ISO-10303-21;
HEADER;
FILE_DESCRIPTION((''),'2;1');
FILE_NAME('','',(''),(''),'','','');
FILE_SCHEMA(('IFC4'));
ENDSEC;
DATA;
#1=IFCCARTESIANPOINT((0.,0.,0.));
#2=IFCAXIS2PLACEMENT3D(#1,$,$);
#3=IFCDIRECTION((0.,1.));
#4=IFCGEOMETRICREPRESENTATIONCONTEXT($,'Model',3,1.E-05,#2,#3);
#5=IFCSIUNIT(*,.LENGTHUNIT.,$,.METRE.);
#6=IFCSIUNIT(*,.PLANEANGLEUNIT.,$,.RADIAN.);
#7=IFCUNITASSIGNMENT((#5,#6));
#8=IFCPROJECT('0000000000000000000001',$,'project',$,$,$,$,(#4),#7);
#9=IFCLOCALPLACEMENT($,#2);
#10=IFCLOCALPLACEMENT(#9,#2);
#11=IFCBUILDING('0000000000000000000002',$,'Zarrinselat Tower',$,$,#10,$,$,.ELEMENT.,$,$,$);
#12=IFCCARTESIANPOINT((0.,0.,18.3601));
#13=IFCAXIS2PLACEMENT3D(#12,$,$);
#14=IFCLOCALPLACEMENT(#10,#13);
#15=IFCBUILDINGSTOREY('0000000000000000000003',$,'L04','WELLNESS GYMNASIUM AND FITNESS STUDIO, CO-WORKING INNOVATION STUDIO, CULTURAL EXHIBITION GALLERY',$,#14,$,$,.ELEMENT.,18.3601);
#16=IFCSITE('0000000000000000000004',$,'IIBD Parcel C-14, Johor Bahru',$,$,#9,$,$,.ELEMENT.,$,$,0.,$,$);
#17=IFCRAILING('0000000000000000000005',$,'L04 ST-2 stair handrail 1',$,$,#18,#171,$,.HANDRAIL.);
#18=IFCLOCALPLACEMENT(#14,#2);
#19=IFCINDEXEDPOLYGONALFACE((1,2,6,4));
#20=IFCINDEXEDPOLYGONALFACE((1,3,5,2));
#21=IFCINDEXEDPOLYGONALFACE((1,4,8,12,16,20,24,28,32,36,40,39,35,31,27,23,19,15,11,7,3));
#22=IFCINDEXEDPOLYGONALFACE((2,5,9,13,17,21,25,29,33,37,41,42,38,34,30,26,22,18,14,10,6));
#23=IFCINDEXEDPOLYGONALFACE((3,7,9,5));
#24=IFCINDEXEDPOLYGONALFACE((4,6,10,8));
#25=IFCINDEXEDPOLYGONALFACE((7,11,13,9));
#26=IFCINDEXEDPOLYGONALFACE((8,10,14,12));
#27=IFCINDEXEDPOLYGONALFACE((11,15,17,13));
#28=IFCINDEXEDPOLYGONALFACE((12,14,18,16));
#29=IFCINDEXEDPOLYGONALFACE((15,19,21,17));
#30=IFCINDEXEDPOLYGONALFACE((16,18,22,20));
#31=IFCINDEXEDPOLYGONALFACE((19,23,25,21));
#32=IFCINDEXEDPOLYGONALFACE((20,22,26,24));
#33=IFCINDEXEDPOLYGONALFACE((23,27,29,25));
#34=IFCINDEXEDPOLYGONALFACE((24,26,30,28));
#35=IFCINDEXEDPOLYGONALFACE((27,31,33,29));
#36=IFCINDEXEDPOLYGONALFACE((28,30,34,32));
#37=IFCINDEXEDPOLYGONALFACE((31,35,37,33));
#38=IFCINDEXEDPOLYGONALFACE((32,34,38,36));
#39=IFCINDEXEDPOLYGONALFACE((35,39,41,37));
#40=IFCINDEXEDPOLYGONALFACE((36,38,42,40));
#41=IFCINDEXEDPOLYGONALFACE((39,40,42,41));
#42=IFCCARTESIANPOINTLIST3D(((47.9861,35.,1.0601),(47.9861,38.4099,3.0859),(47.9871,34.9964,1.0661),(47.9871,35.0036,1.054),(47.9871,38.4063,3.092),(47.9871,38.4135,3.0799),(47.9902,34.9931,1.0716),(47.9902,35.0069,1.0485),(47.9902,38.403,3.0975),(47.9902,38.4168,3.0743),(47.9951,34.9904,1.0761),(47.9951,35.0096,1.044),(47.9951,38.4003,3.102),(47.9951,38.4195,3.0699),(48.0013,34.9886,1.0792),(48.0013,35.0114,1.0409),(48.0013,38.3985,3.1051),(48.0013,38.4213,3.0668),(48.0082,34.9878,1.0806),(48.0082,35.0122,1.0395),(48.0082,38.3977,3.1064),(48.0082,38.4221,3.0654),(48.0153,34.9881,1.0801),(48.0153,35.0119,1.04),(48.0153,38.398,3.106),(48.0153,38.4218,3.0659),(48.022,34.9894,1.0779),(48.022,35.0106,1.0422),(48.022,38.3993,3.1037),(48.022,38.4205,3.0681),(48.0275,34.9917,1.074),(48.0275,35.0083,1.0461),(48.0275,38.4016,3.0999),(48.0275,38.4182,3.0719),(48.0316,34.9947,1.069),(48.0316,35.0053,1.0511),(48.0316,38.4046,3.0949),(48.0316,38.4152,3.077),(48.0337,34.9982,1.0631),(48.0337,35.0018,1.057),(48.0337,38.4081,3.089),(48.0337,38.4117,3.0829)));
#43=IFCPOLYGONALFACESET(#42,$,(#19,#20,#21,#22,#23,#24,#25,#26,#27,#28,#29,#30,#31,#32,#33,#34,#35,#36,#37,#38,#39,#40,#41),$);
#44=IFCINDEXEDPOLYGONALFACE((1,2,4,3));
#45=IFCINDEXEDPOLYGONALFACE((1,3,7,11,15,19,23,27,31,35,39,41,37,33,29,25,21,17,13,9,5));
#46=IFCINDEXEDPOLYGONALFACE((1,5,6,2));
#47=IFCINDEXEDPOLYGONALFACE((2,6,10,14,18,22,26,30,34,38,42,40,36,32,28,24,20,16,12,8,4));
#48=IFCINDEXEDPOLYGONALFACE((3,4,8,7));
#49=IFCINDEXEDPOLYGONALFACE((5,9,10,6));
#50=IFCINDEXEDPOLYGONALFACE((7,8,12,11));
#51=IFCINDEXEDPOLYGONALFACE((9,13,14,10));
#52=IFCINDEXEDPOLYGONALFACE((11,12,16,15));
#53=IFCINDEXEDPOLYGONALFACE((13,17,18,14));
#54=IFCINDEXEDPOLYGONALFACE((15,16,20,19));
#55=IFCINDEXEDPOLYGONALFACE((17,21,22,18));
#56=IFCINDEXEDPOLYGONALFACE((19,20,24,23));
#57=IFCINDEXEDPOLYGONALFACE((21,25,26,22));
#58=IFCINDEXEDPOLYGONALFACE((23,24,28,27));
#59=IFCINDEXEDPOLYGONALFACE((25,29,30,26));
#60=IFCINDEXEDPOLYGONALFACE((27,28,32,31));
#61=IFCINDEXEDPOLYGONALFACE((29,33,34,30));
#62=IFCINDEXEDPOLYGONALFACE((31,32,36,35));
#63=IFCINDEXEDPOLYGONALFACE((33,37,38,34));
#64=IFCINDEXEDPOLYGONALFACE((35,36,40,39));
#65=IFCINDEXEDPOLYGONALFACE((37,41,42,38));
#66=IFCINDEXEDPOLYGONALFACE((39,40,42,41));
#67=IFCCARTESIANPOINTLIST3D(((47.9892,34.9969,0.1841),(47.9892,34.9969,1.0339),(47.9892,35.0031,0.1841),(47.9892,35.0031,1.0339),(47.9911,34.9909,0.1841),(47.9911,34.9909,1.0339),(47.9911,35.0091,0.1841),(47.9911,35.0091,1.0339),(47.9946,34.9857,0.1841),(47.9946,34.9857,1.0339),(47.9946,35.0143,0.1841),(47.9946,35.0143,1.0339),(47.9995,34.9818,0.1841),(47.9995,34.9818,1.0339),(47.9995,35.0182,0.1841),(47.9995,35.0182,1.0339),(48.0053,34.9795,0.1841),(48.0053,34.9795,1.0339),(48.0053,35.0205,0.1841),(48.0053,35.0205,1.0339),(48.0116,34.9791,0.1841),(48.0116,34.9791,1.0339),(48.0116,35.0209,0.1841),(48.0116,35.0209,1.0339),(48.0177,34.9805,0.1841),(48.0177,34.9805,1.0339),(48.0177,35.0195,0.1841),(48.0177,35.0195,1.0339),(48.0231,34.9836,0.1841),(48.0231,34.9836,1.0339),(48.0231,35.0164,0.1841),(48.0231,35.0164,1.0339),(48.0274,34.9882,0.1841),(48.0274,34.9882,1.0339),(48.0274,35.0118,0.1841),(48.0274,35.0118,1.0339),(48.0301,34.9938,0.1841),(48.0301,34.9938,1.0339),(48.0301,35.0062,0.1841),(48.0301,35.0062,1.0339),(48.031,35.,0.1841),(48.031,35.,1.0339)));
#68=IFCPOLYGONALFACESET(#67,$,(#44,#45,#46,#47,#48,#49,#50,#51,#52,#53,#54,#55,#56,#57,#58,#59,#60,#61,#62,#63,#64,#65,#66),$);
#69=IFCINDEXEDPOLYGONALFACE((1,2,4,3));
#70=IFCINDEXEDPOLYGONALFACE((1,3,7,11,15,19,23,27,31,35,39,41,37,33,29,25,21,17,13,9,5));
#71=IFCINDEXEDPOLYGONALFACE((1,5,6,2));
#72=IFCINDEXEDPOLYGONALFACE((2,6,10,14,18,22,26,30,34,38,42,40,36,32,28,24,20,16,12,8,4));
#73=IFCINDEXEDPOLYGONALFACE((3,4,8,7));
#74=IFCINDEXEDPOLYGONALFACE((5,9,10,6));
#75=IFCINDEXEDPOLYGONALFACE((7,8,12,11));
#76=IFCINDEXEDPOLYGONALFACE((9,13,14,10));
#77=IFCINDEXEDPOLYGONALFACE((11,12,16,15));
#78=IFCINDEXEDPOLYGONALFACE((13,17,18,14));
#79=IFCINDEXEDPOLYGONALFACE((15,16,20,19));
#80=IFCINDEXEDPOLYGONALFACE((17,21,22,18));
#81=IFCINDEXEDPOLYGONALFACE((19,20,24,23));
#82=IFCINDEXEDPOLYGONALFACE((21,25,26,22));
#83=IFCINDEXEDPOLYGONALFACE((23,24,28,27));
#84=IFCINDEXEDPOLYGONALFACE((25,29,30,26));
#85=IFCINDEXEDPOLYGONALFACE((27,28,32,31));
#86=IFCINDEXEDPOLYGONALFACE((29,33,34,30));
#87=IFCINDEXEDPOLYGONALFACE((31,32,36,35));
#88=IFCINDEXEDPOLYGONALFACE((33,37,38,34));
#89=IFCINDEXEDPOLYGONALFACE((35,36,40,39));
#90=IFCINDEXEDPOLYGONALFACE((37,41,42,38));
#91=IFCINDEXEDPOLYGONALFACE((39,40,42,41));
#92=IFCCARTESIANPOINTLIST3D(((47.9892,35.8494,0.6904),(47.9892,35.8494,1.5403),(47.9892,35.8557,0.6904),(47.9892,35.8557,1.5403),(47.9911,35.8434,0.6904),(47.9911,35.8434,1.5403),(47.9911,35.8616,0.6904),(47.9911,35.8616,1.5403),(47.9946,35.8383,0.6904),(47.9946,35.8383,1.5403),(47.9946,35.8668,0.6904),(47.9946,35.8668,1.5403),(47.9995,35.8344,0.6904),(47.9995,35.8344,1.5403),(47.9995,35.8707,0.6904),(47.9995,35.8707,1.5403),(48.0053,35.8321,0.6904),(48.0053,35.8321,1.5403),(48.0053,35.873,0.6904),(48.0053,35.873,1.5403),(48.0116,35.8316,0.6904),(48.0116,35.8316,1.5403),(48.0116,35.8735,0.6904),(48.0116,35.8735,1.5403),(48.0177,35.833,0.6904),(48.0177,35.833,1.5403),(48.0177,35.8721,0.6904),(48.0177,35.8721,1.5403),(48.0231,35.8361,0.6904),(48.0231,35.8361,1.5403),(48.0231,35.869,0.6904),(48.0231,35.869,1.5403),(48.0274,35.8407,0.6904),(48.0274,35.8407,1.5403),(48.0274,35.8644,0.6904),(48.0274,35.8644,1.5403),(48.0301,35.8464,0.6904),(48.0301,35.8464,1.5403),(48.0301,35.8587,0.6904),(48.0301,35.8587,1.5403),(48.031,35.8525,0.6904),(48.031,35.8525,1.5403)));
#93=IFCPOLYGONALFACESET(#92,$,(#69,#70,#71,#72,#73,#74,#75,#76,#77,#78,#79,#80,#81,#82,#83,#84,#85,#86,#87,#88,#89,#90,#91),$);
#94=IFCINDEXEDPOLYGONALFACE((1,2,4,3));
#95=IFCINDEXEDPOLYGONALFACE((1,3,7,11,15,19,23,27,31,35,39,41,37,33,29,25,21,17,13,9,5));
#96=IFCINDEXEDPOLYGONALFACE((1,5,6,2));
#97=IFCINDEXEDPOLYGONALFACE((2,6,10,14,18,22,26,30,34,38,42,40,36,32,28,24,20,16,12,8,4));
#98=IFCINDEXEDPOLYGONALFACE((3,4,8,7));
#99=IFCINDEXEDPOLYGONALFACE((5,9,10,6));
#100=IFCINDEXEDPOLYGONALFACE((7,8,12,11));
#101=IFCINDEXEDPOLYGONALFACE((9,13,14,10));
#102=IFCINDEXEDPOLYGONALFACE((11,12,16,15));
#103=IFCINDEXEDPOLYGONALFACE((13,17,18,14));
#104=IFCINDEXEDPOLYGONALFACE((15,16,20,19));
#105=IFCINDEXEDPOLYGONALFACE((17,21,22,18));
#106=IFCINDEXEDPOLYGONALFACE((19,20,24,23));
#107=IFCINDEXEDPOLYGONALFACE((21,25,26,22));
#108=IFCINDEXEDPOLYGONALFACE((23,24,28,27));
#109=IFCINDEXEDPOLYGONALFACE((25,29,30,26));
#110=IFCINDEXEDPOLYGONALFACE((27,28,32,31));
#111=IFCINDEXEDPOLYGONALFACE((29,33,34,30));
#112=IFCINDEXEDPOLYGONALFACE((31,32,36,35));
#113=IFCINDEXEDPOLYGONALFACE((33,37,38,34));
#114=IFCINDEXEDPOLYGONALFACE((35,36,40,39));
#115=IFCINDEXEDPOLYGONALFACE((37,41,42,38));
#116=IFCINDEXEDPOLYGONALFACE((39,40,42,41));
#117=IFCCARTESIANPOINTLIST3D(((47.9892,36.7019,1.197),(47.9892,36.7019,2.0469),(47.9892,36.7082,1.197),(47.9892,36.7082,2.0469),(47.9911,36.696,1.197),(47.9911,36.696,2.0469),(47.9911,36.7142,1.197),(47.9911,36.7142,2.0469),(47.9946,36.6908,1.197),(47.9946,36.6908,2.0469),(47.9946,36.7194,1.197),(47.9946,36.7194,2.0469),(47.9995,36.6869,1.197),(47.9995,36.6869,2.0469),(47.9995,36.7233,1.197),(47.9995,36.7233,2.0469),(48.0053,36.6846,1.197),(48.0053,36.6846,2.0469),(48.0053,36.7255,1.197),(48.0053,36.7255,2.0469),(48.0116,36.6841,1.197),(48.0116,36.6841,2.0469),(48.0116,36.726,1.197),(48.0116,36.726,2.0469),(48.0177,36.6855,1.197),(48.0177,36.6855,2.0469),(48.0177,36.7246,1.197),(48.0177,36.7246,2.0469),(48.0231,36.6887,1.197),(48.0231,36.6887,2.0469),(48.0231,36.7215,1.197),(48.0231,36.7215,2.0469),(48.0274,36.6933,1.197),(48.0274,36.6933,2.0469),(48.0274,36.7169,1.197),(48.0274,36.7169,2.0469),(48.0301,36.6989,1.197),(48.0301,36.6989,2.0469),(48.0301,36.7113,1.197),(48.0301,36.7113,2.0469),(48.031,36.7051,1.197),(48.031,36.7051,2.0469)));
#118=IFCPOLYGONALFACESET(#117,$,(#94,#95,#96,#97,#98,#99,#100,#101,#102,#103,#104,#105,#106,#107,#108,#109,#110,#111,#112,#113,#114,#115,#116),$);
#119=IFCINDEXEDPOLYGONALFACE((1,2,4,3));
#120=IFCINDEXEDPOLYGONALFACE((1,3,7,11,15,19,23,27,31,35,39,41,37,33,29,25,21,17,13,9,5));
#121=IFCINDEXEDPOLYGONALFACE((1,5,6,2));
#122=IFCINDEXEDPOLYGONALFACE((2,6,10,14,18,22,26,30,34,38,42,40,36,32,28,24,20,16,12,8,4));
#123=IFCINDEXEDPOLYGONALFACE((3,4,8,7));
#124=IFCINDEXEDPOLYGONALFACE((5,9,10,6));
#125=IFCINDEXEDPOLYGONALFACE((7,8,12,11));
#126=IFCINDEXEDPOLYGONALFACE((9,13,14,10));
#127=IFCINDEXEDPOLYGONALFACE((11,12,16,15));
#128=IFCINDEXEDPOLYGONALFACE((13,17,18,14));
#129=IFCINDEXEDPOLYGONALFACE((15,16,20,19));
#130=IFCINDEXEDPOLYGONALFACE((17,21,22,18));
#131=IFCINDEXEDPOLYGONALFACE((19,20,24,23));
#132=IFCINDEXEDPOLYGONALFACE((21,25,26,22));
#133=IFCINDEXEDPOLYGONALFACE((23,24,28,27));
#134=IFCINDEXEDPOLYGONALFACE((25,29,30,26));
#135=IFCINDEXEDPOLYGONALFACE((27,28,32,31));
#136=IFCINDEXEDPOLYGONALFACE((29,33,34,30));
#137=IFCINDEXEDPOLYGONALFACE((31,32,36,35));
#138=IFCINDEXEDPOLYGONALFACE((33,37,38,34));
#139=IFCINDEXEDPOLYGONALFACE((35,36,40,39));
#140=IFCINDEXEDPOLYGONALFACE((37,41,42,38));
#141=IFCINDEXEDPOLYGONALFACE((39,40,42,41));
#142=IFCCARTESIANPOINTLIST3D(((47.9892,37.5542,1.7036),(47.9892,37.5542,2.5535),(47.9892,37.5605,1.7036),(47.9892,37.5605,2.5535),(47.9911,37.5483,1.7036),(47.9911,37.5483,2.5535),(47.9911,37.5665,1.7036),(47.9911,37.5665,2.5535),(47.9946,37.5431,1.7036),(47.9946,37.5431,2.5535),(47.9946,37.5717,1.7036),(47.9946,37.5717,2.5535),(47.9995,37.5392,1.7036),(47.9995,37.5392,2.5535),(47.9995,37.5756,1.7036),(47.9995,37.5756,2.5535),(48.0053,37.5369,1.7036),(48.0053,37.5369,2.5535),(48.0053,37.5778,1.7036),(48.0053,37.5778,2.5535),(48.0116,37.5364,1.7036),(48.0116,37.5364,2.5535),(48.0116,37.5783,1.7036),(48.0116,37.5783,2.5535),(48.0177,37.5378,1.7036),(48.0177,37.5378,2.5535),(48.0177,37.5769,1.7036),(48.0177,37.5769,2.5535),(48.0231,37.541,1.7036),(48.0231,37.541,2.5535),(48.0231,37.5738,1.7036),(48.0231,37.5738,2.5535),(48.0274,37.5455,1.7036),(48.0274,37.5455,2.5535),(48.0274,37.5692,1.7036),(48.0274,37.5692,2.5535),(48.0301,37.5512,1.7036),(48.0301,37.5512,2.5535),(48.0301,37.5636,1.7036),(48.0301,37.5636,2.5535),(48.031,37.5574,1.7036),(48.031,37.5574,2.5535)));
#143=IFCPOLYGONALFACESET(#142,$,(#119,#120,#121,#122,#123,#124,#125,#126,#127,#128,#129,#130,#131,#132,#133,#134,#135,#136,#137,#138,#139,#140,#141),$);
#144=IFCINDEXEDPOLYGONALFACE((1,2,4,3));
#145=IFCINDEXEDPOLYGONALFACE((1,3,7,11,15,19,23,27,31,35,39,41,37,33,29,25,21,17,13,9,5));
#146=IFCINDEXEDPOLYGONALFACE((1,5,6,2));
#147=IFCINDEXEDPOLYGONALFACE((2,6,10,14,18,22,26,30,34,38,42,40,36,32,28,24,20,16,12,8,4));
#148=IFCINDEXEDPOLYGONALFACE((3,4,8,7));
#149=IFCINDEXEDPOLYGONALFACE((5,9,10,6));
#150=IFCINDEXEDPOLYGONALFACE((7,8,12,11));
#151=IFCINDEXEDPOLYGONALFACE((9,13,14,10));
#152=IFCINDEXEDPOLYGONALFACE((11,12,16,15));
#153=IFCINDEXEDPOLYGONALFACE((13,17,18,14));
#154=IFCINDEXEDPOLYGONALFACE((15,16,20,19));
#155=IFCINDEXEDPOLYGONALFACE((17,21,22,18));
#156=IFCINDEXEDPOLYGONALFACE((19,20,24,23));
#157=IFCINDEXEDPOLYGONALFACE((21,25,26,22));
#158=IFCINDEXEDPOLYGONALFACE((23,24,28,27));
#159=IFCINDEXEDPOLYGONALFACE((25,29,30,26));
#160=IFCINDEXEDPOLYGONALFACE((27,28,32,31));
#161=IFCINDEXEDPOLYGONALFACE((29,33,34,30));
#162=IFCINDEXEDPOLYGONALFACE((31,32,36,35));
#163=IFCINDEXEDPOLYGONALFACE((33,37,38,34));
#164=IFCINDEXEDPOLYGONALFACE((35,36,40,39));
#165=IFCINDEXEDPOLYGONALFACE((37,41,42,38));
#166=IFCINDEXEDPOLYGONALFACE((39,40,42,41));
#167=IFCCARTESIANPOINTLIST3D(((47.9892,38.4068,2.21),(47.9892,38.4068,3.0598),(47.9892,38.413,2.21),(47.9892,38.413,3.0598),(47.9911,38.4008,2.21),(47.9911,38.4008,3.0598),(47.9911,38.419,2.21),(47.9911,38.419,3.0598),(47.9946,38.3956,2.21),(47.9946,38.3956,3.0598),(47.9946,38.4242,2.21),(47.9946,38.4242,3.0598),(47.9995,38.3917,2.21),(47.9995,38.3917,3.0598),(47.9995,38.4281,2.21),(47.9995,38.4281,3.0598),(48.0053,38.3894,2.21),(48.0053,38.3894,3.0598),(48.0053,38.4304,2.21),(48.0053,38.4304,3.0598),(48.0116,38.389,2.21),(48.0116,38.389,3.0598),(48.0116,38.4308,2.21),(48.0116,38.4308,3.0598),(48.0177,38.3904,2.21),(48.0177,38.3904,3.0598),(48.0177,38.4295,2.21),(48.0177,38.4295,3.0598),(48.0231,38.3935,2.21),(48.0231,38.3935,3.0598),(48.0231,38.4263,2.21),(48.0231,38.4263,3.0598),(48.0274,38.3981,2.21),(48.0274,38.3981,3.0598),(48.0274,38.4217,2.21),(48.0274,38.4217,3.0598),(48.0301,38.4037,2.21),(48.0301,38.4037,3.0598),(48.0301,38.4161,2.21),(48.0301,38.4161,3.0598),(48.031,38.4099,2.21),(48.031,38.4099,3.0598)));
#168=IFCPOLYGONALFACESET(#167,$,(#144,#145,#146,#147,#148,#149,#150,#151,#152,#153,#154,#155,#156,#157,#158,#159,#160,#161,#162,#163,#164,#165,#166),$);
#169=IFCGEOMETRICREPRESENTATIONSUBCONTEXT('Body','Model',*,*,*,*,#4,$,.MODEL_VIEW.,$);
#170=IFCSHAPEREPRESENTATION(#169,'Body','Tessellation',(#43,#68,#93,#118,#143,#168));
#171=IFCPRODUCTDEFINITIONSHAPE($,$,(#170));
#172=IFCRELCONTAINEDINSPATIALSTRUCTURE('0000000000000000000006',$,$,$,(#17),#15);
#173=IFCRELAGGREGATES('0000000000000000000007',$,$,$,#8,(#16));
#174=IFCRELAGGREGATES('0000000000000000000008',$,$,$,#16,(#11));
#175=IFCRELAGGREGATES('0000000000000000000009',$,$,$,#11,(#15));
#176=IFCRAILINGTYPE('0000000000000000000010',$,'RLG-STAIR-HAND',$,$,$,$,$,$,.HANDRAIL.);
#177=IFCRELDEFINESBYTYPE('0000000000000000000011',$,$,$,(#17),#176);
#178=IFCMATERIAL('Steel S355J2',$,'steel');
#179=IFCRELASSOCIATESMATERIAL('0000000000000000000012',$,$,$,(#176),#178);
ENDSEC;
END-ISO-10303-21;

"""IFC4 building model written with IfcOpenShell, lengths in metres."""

from ifc_helpers import new_model, si_unit, direction, frame, origin, origin_2d, place, context, subcontext, project, spatial, circle, extrude, material, type_object, element, save


model = new_model("IFC4")

# Units and contexts
model_context = context("Model", 3, precision=1e-05, world=origin(), true_north=direction((0.0, 1.0)))
body_context = subcontext(model_context, "Body", "Model", "MODEL_VIEW")
ifc_project = project(units=[si_unit("LENGTHUNIT", "METRE"), si_unit("PLANEANGLEUNIT", "RADIAN")], contexts=[model_context])

# Site, building, storey
site_placement = place(None, origin())
site = spatial("IfcSite", under=ifc_project, at=site_placement, Name="IIBD Parcel C-14, Johor Bahru", CompositionType="ELEMENT", RefElevation=0.0)
building_placement = place(site_placement, origin())
building = spatial("IfcBuilding", under=site, at=building_placement, Name="Zarrinselat Tower", CompositionType="ELEMENT")
storey_placement = place(building_placement, frame((0.0, 0.0, 18.3601)))
storey = spatial("IfcBuildingStorey", under=building, at=storey_placement, Name="L04", Description="WELLNESS GYMNASIUM AND FITNESS STUDIO, CO-WORKING INNOVATION STUDIO, CULTURAL EXHIBITION GALLERY", CompositionType="ELEMENT", Elevation=18.3601)

# Railing
ifc_material_1 = material(Name="Steel S355J2", Category="steel")
railing_type_1 = type_object("IfcRailingType", Name="RLG-STAIR-HAND", PredefinedType="HANDRAIL", material=ifc_material_1)
railing_1_placement = place(storey_placement, frame((48.01, 35.0, 0.1841)))
element("IfcRailing", 1, at=railing_1_placement, inside=storey, type_object=railing_type_1, Name="L04 ST-2 stair handrail 1", PredefinedType="HANDRAIL", context=body_context, shape_type="SweptSolid", body=[
    extrude(circle(Radius=0.0239, at=origin_2d()), frame((0.0, 0.0, 0.876), z_axis=(0.0, 0.859717, 0.510771), x_axis=(-1.0, 0.0, 0.0)), (0.0, 0.0, 1.0), 3.9663),
    extrude(circle(Radius=0.021, at=origin_2d()), origin(), (0.0, 0.0, 1.0), 0.8499),
    extrude(circle(Radius=0.021, at=origin_2d()), frame((0.0, 0.8525, 0.5063)), (0.0, 0.0, 1.0), 0.8499),
    extrude(circle(Radius=0.021, at=origin_2d()), frame((0.0, 1.7051, 1.0129)), (0.0, 0.0, 1.0), 0.8499),
    extrude(circle(Radius=0.021, at=origin_2d()), frame((0.0, 2.5574, 1.5195)), (0.0, 0.0, 1.0), 0.8499),
    extrude(circle(Radius=0.021, at=origin_2d()), frame((0.0, 3.4099, 2.0259)), (0.0, 0.0, 1.0), 0.8499),
])

save(model, "model.ifc")
